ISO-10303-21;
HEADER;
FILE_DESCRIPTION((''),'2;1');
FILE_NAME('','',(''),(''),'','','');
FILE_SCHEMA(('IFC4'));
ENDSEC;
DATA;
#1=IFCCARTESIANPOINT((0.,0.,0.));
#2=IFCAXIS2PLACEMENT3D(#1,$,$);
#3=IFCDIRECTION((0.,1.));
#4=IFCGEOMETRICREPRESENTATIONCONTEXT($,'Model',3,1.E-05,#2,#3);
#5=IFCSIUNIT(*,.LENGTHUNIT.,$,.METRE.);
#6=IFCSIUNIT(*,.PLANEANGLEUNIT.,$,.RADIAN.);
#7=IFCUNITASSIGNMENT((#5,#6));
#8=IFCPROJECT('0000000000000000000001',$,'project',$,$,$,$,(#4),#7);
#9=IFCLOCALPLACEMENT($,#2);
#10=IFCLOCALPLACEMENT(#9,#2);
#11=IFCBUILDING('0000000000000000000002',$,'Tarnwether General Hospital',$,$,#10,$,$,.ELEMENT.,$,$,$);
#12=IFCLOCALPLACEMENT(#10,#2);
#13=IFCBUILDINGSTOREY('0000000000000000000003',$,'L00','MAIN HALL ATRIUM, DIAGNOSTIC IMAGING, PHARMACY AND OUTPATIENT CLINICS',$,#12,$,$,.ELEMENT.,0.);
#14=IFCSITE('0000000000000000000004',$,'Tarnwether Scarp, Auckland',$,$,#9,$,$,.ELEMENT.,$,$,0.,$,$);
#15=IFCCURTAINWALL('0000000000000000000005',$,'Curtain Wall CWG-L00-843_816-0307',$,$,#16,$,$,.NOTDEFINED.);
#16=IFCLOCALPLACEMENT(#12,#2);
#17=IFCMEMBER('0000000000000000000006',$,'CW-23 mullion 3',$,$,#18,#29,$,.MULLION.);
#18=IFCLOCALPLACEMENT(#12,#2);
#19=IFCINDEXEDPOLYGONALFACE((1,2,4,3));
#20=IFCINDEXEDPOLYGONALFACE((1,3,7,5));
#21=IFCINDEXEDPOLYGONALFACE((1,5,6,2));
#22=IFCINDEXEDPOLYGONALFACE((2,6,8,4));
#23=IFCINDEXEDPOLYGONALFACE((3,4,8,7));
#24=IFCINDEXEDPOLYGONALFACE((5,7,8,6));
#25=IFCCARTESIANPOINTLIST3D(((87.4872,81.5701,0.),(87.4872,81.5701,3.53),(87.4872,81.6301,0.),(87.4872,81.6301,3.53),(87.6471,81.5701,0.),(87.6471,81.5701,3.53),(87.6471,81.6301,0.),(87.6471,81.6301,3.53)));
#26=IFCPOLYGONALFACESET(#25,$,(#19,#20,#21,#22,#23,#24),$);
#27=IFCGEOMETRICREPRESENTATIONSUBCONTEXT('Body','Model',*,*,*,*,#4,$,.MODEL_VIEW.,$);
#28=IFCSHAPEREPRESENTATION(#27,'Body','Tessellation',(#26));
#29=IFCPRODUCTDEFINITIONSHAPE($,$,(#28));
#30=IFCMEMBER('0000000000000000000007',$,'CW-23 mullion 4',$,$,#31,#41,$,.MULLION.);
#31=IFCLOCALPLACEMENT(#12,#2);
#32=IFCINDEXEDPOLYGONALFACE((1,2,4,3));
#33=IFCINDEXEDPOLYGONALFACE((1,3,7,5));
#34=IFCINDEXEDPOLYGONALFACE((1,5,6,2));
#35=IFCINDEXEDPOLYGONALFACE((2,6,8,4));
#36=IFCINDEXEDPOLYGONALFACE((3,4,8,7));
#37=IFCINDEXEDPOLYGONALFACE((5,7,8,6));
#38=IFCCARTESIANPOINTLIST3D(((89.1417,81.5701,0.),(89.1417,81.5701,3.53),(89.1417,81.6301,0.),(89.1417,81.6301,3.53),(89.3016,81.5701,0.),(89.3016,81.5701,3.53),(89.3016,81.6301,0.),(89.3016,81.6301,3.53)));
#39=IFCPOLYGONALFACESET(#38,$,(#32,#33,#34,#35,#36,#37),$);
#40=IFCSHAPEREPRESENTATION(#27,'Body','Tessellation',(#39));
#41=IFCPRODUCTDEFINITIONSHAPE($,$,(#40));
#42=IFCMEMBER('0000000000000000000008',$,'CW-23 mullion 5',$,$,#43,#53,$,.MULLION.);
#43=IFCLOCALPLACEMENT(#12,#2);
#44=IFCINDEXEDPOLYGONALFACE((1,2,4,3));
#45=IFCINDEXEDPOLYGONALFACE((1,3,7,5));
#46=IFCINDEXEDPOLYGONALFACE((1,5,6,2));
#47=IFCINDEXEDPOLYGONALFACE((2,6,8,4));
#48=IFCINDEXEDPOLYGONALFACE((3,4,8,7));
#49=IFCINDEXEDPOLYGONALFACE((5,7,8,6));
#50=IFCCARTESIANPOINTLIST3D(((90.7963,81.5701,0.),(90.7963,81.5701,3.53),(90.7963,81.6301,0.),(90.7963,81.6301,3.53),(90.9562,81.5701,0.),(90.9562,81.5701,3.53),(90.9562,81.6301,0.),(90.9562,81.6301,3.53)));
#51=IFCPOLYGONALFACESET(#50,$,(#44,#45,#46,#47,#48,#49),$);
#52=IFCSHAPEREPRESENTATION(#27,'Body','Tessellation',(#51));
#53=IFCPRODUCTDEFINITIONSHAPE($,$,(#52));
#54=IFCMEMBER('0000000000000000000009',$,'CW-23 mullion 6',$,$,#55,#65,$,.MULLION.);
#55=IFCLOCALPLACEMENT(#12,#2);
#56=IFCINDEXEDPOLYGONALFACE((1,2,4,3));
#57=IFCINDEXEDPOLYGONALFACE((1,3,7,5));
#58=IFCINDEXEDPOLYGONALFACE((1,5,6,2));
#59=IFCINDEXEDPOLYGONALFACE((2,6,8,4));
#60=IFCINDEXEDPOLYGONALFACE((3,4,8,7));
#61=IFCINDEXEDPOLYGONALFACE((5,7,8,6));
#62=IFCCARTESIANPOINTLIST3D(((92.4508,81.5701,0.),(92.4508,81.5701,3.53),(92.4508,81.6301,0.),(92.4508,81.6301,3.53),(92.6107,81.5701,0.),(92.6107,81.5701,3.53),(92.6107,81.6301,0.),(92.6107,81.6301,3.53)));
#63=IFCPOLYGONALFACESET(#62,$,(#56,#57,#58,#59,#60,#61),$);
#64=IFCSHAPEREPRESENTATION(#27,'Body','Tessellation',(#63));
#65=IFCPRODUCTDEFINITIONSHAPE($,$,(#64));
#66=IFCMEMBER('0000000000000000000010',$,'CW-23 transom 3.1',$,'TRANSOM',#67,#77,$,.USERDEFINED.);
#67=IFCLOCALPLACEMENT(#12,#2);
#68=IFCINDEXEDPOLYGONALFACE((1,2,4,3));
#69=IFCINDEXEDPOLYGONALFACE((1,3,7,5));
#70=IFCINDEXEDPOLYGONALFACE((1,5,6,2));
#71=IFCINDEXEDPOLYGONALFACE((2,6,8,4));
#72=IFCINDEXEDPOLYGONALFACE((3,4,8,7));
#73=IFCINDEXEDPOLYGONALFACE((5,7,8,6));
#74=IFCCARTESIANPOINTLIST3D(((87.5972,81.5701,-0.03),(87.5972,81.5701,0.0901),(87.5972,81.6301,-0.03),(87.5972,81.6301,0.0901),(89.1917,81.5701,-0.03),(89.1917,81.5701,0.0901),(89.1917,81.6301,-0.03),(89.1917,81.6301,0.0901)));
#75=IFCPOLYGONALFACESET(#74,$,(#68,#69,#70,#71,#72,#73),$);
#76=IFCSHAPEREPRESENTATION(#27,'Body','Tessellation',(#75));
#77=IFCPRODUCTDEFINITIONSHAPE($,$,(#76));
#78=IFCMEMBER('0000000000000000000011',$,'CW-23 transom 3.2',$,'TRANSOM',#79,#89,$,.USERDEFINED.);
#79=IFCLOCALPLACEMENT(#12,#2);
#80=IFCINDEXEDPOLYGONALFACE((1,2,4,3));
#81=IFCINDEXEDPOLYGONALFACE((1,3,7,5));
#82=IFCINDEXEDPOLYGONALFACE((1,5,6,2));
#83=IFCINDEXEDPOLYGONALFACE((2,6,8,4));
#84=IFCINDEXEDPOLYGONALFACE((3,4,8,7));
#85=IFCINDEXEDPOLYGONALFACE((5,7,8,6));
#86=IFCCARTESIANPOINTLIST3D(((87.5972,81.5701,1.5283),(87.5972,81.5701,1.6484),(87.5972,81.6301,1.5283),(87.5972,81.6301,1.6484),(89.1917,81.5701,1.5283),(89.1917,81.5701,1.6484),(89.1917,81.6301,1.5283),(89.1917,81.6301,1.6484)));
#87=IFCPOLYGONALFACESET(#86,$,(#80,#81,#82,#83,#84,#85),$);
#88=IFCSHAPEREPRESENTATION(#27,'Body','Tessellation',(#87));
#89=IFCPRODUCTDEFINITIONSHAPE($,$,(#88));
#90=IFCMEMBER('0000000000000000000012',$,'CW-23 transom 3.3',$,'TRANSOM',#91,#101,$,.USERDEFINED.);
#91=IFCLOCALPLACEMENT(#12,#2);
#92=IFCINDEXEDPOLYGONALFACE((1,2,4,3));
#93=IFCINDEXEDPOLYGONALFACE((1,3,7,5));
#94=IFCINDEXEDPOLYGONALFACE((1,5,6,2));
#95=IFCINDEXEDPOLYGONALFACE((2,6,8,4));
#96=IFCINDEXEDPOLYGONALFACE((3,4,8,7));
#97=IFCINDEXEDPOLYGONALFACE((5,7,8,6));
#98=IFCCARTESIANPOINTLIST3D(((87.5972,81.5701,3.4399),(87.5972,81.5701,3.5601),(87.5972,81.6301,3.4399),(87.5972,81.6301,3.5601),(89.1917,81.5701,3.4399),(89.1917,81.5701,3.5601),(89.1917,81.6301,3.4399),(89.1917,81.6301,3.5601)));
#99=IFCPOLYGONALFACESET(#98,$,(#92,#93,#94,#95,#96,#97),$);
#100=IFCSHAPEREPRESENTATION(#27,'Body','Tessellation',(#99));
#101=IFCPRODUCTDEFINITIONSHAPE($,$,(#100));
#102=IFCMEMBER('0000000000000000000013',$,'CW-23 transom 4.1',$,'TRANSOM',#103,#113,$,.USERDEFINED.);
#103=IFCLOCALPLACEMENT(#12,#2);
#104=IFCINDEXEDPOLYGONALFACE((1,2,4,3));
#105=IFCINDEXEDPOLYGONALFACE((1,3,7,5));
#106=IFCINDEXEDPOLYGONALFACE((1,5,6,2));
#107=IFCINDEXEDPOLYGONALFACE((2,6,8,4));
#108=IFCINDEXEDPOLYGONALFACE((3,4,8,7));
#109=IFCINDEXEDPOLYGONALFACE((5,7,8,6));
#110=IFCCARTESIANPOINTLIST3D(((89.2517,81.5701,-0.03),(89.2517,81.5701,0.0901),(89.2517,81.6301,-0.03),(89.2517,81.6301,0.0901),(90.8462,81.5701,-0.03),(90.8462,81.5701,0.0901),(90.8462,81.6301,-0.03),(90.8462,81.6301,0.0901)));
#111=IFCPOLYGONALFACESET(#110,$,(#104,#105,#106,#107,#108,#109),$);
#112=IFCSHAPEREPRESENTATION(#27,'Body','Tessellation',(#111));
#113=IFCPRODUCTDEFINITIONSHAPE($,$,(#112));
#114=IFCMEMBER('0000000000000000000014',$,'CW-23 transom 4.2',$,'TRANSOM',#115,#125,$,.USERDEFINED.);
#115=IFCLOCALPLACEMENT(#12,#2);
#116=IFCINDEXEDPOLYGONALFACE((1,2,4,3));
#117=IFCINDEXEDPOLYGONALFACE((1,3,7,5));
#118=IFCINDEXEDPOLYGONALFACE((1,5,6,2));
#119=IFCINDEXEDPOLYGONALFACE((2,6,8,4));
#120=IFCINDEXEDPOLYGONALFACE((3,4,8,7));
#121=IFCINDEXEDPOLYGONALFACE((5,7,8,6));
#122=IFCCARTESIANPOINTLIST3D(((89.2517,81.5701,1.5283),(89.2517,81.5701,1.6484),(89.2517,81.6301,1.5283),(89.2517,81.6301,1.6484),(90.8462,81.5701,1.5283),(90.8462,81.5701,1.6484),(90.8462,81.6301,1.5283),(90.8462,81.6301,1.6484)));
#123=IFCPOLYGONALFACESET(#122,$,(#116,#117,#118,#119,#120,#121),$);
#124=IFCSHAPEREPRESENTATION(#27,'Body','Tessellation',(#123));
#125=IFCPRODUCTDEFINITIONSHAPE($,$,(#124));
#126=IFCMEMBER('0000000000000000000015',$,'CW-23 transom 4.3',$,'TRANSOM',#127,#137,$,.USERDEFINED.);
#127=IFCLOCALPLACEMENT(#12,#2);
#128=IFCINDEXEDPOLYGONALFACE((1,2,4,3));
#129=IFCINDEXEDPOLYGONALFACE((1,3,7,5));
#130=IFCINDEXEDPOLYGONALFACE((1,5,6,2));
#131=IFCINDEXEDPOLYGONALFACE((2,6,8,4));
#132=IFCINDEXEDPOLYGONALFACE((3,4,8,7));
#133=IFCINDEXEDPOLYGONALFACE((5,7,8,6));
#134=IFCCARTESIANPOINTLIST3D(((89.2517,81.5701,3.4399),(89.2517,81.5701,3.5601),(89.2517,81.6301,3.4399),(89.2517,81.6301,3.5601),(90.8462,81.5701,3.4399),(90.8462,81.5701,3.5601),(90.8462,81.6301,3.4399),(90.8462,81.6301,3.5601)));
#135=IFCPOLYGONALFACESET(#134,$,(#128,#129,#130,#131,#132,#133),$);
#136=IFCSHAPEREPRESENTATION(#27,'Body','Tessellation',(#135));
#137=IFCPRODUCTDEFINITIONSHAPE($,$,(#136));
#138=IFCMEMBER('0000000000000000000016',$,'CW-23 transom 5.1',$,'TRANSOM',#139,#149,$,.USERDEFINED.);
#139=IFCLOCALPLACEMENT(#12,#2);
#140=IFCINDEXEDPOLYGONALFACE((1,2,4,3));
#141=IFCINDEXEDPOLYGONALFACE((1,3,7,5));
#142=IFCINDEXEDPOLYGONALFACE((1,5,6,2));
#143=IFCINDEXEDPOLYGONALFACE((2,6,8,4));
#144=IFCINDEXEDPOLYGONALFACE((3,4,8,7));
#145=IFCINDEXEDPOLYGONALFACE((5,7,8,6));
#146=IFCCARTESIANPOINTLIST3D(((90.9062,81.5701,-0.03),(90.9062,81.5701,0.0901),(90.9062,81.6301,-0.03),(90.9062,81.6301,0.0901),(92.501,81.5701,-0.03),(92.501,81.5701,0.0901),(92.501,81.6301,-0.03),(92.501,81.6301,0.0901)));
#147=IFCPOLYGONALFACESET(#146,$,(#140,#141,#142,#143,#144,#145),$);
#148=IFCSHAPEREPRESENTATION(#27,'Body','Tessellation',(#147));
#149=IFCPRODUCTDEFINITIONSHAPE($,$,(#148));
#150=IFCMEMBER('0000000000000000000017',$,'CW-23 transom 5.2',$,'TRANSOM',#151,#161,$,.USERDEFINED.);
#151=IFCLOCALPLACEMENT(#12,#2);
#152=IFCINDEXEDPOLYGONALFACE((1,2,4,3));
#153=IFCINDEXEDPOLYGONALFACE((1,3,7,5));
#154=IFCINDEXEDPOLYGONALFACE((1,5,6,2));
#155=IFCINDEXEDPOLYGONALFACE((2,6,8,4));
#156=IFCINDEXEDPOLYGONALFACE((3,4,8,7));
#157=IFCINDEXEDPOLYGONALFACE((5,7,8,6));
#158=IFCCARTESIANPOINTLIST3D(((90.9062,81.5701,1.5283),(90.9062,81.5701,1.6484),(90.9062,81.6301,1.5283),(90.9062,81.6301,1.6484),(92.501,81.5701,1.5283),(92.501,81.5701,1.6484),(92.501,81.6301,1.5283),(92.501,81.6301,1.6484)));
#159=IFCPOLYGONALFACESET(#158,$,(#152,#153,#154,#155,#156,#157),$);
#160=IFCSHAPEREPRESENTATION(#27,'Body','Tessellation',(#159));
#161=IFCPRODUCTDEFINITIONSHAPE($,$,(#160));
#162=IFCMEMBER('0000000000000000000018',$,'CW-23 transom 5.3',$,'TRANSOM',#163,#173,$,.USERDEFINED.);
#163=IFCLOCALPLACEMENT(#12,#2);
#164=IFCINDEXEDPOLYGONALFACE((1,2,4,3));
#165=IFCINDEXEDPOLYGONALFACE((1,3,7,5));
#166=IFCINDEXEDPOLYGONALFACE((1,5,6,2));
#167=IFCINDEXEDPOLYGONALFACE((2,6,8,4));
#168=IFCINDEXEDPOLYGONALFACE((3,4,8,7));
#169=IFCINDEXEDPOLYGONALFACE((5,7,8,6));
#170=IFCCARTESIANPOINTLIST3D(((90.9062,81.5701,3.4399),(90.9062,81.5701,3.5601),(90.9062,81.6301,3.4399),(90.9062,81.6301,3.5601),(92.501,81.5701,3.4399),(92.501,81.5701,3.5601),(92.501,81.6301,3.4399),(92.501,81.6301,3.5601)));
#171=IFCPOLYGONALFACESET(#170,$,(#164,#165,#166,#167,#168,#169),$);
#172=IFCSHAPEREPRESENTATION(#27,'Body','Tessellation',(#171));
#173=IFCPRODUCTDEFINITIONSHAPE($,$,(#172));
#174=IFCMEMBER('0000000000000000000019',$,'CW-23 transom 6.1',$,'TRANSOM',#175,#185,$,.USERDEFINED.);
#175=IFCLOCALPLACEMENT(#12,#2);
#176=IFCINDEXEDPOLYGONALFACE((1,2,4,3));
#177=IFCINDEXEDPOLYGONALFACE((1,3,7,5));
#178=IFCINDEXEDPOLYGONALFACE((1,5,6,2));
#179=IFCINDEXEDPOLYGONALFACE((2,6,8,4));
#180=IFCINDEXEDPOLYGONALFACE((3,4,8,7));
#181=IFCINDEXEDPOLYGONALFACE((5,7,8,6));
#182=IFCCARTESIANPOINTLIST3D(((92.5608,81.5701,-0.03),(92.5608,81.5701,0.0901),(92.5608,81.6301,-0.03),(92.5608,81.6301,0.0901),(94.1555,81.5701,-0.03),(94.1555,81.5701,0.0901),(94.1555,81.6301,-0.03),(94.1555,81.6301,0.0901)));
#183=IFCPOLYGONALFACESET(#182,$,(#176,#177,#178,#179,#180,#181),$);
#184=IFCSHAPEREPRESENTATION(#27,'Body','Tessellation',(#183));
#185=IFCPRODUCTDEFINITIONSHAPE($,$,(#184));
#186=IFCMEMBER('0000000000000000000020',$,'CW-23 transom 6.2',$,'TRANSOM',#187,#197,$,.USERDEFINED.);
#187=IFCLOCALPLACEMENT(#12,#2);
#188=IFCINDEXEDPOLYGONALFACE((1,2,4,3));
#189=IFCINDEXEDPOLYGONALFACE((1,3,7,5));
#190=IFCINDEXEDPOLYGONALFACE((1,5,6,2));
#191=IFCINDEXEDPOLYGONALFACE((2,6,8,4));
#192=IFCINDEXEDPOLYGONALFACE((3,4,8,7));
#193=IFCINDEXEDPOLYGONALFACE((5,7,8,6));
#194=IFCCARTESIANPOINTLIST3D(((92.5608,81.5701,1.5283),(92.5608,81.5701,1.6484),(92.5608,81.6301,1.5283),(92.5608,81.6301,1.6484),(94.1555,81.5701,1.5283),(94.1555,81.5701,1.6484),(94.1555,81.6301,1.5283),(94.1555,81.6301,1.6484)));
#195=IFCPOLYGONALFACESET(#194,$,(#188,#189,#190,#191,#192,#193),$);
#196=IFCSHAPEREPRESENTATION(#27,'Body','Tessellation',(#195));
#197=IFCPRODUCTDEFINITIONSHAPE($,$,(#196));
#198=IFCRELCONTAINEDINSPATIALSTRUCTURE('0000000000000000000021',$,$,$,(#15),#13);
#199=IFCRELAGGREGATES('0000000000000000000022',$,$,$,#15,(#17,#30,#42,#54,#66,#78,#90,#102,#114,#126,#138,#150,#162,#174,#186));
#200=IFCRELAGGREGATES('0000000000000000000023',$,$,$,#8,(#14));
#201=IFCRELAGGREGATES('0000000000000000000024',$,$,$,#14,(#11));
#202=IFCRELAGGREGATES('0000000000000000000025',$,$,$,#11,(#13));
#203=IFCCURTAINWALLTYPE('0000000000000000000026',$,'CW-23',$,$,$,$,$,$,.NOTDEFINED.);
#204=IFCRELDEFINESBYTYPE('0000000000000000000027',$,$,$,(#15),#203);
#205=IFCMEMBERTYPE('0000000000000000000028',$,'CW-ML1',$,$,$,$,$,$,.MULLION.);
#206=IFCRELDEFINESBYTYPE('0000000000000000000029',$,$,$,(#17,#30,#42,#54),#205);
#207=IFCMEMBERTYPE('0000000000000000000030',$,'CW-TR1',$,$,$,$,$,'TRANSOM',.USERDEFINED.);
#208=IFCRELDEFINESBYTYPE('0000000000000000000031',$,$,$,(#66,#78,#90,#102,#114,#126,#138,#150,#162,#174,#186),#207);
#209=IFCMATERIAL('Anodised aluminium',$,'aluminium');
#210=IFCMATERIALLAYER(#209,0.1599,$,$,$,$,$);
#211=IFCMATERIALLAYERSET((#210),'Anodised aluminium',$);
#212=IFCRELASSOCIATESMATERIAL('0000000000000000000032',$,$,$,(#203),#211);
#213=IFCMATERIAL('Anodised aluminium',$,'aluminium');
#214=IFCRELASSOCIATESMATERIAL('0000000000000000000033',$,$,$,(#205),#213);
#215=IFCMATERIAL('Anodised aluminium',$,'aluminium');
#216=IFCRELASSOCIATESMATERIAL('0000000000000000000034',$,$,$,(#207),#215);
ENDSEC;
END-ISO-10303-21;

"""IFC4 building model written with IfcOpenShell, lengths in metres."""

from ifc_helpers import new_model, si_unit, direction, frame, origin, origin_2d, place, context, subcontext, project, spatial, rectangle, extrude, material, layer, layer_set, material_profile, profile_set, type_object, element, aggregate, save


model = new_model("IFC4")

# Units and contexts
model_context = context("Model", 3, precision=1e-05, world=origin(), true_north=direction((0.0, 1.0)))
body_context = subcontext(model_context, "Body", "Model", "MODEL_VIEW")
ifc_project = project(units=[si_unit("LENGTHUNIT", "METRE"), si_unit("PLANEANGLEUNIT", "RADIAN")], contexts=[model_context])

# Site, building, storey
site_placement = place(None, origin())
site = spatial("IfcSite", under=ifc_project, at=site_placement, Name="Tarnwether Scarp, Auckland", CompositionType="ELEMENT", RefElevation=0.0)
building_placement = place(site_placement, origin())
building = spatial("IfcBuilding", under=site, at=building_placement, Name="Tarnwether General Hospital", CompositionType="ELEMENT")
storey_placement = place(building_placement, origin())
storey = spatial("IfcBuildingStorey", under=building, at=storey_placement, Name="L00", Description="MAIN HALL ATRIUM, DIAGNOSTIC IMAGING, PHARMACY AND OUTPATIENT CLINICS", CompositionType="ELEMENT", Elevation=0.0)

# Curtain wall, members
ifc_material_1 = material(Name="Anodised aluminium", Category="aluminium")
ifc_layer_1 = layer(ifc_material_1, 0.1599)
ifc_layer_set_1 = layer_set([ifc_layer_1], Name="Anodised aluminium")
curtain_wall_type = type_object("IfcCurtainWallType", Name="CW-23", PredefinedType="NOTDEFINED", material=ifc_layer_set_1)
curtain_wall_placement = place(storey_placement, origin())
curtain_wall = element("IfcCurtainWall", 1, at=curtain_wall_placement, inside=storey, type_object=curtain_wall_type, Name="Curtain Wall CWG-L00-843_816-0307", PredefinedType="NOTDEFINED")
ifc_material_2 = material(Name="Anodised aluminium", Category="aluminium")
ifc_material_profile_1 = material_profile(ifc_material_2, rectangle(XDim=0.0601, YDim=0.1599, at=origin_2d()), Name="ALU-MUL-60x160")
ifc_profile_set_1 = profile_set([ifc_material_profile_1], Name="Anodised aluminium")
member_type_1 = type_object("IfcMemberType", Name="CW-ML1", PredefinedType="MULLION", material=ifc_profile_set_1)
member_1_placement = place(storey_placement, frame((87.5671, 81.6001, 0.0), z_axis=(0.0, 0.0, 1.0), x_axis=(0.0, 1.0, 0.0)))
member_1 = element("IfcMember", 2, at=member_1_placement, type_object=member_type_1, Name="CW-23 mullion 3", PredefinedType="MULLION", context=body_context, shape_type="SweptSolid", body=[
    extrude(rectangle(XDim=0.0601, YDim=0.1599, at=origin_2d()), origin(), (0.0, 0.0, 1.0), 3.53),
])
member_2_placement = place(storey_placement, frame((89.2217, 81.6001, 0.0), z_axis=(0.0, 0.0, 1.0), x_axis=(0.0, 1.0, 0.0)))
member_2 = element("IfcMember", 3, at=member_2_placement, type_object=member_type_1, Name="CW-23 mullion 4", PredefinedType="MULLION", context=body_context, shape_type="SweptSolid", body=[
    extrude(rectangle(XDim=0.0601, YDim=0.1599, at=origin_2d()), origin(), (0.0, 0.0, 1.0), 3.53),
])
member_3_placement = place(storey_placement, frame((90.8762, 81.6001, 0.0), z_axis=(0.0, 0.0, 1.0), x_axis=(0.0, 1.0, 0.0)))
member_3 = element("IfcMember", 4, at=member_3_placement, type_object=member_type_1, Name="CW-23 mullion 5", PredefinedType="MULLION", context=body_context, shape_type="SweptSolid", body=[
    extrude(rectangle(XDim=0.0601, YDim=0.1599, at=origin_2d()), origin(), (0.0, 0.0, 1.0), 3.53),
])
member_4_placement = place(storey_placement, frame((92.5308, 81.6001, 0.0), z_axis=(0.0, 0.0, 1.0), x_axis=(0.0, 1.0, 0.0)))
member_4 = element("IfcMember", 5, at=member_4_placement, type_object=member_type_1, Name="CW-23 mullion 6", PredefinedType="MULLION", context=body_context, shape_type="SweptSolid", body=[
    extrude(rectangle(XDim=0.0601, YDim=0.1599, at=origin_2d()), origin(), (0.0, 0.0, 1.0), 3.53),
])
ifc_material_3 = material(Name="Anodised aluminium", Category="aluminium")
ifc_material_profile_2 = material_profile(ifc_material_3, rectangle(XDim=0.0601, YDim=0.1201, at=origin_2d()), Name="ALU-TRN-60x120")
ifc_profile_set_2 = profile_set([ifc_material_profile_2], Name="Anodised aluminium")
member_type_2 = type_object("IfcMemberType", Name="CW-TR1", ElementType="TRANSOM", PredefinedType="USERDEFINED", material=ifc_profile_set_2)
member_5_placement = place(storey_placement, frame((87.5972, 81.6001, 0.03), z_axis=(1.0, 0.0, 0.0), x_axis=(0.0, 1.0, 0.0)))
member_5 = element("IfcMember", 6, at=member_5_placement, type_object=member_type_2, Name="CW-23 transom 3.1", ObjectType="TRANSOM", PredefinedType="USERDEFINED", context=body_context, shape_type="SweptSolid", body=[
    extrude(rectangle(XDim=0.0601, YDim=0.1201, at=origin_2d()), origin(), (0.0, 0.0, 1.0), 1.5945),
])
member_6_placement = place(storey_placement, frame((87.5972, 81.6001, 1.5884), z_axis=(1.0, 0.0, 0.0), x_axis=(0.0, 1.0, 0.0)))
member_6 = element("IfcMember", 7, at=member_6_placement, type_object=member_type_2, Name="CW-23 transom 3.2", ObjectType="TRANSOM", PredefinedType="USERDEFINED", context=body_context, shape_type="SweptSolid", body=[
    extrude(rectangle(XDim=0.0601, YDim=0.1201, at=origin_2d()), origin(), (0.0, 0.0, 1.0), 1.5945),
])
member_7_placement = place(storey_placement, frame((87.5972, 81.6001, 3.5), z_axis=(1.0, 0.0, 0.0), x_axis=(0.0, 1.0, 0.0)))
member_7 = element("IfcMember", 8, at=member_7_placement, type_object=member_type_2, Name="CW-23 transom 3.3", ObjectType="TRANSOM", PredefinedType="USERDEFINED", context=body_context, shape_type="SweptSolid", body=[
    extrude(rectangle(XDim=0.0601, YDim=0.1201, at=origin_2d()), origin(), (0.0, 0.0, 1.0), 1.5945),
])
member_8_placement = place(storey_placement, frame((89.2517, 81.6001, 0.03), z_axis=(1.0, 0.0, 0.0), x_axis=(0.0, 1.0, 0.0)))
member_8 = element("IfcMember", 9, at=member_8_placement, type_object=member_type_2, Name="CW-23 transom 4.1", ObjectType="TRANSOM", PredefinedType="USERDEFINED", context=body_context, shape_type="SweptSolid", body=[
    extrude(rectangle(XDim=0.0601, YDim=0.1201, at=origin_2d()), origin(), (0.0, 0.0, 1.0), 1.5945),
])
member_9_placement = place(storey_placement, frame((89.2517, 81.6001, 1.5884), z_axis=(1.0, 0.0, 0.0), x_axis=(0.0, 1.0, 0.0)))
member_9 = element("IfcMember", 10, at=member_9_placement, type_object=member_type_2, Name="CW-23 transom 4.2", ObjectType="TRANSOM", PredefinedType="USERDEFINED", context=body_context, shape_type="SweptSolid", body=[
    extrude(rectangle(XDim=0.0601, YDim=0.1201, at=origin_2d()), origin(), (0.0, 0.0, 1.0), 1.5945),
])
member_10_placement = place(storey_placement, frame((89.2517, 81.6001, 3.5), z_axis=(1.0, 0.0, 0.0), x_axis=(0.0, 1.0, 0.0)))
member_10 = element("IfcMember", 11, at=member_10_placement, type_object=member_type_2, Name="CW-23 transom 4.3", ObjectType="TRANSOM", PredefinedType="USERDEFINED", context=body_context, shape_type="SweptSolid", body=[
    extrude(rectangle(XDim=0.0601, YDim=0.1201, at=origin_2d()), origin(), (0.0, 0.0, 1.0), 1.5945),
])
member_11_placement = place(storey_placement, frame((90.9062, 81.6001, 0.03), z_axis=(1.0, 0.0, 0.0), x_axis=(0.0, 1.0, 0.0)))
member_11 = element("IfcMember", 12, at=member_11_placement, type_object=member_type_2, Name="CW-23 transom 5.1", ObjectType="TRANSOM", PredefinedType="USERDEFINED", context=body_context, shape_type="SweptSolid", body=[
    extrude(rectangle(XDim=0.0601, YDim=0.1201, at=origin_2d()), origin(), (0.0, 0.0, 1.0), 1.5947),
])
member_12_placement = place(storey_placement, frame((90.9062, 81.6001, 1.5884), z_axis=(1.0, 0.0, 0.0), x_axis=(0.0, 1.0, 0.0)))
member_12 = element("IfcMember", 13, at=member_12_placement, type_object=member_type_2, Name="CW-23 transom 5.2", ObjectType="TRANSOM", PredefinedType="USERDEFINED", context=body_context, shape_type="SweptSolid", body=[
    extrude(rectangle(XDim=0.0601, YDim=0.1201, at=origin_2d()), origin(), (0.0, 0.0, 1.0), 1.5947),
])
member_13_placement = place(storey_placement, frame((90.9062, 81.6001, 3.5), z_axis=(1.0, 0.0, 0.0), x_axis=(0.0, 1.0, 0.0)))
member_13 = element("IfcMember", 14, at=member_13_placement, type_object=member_type_2, Name="CW-23 transom 5.3", ObjectType="TRANSOM", PredefinedType="USERDEFINED", context=body_context, shape_type="SweptSolid", body=[
    extrude(rectangle(XDim=0.0601, YDim=0.1201, at=origin_2d()), origin(), (0.0, 0.0, 1.0), 1.5947),
])
member_14_placement = place(storey_placement, frame((92.5608, 81.6001, 0.03), z_axis=(1.0, 0.0, 0.0), x_axis=(0.0, 1.0, 0.0)))
member_14 = element("IfcMember", 15, at=member_14_placement, type_object=member_type_2, Name="CW-23 transom 6.1", ObjectType="TRANSOM", PredefinedType="USERDEFINED", context=body_context, shape_type="SweptSolid", body=[
    extrude(rectangle(XDim=0.0601, YDim=0.1201, at=origin_2d()), origin(), (0.0, 0.0, 1.0), 1.5947),
])
member_15_placement = place(storey_placement, frame((92.5608, 81.6001, 1.5884), z_axis=(1.0, 0.0, 0.0), x_axis=(0.0, 1.0, 0.0)))
member_15 = element("IfcMember", 16, at=member_15_placement, type_object=member_type_2, Name="CW-23 transom 6.2", ObjectType="TRANSOM", PredefinedType="USERDEFINED", context=body_context, shape_type="SweptSolid", body=[
    extrude(rectangle(XDim=0.0601, YDim=0.1201, at=origin_2d()), origin(), (0.0, 0.0, 1.0), 1.5947),
])
aggregate(curtain_wall, [member_1, member_2, member_3, member_4, member_5, member_6, member_7, member_8, member_9, member_10, member_11, member_12, member_13, member_14, member_15])

save(model, "model.ifc")
